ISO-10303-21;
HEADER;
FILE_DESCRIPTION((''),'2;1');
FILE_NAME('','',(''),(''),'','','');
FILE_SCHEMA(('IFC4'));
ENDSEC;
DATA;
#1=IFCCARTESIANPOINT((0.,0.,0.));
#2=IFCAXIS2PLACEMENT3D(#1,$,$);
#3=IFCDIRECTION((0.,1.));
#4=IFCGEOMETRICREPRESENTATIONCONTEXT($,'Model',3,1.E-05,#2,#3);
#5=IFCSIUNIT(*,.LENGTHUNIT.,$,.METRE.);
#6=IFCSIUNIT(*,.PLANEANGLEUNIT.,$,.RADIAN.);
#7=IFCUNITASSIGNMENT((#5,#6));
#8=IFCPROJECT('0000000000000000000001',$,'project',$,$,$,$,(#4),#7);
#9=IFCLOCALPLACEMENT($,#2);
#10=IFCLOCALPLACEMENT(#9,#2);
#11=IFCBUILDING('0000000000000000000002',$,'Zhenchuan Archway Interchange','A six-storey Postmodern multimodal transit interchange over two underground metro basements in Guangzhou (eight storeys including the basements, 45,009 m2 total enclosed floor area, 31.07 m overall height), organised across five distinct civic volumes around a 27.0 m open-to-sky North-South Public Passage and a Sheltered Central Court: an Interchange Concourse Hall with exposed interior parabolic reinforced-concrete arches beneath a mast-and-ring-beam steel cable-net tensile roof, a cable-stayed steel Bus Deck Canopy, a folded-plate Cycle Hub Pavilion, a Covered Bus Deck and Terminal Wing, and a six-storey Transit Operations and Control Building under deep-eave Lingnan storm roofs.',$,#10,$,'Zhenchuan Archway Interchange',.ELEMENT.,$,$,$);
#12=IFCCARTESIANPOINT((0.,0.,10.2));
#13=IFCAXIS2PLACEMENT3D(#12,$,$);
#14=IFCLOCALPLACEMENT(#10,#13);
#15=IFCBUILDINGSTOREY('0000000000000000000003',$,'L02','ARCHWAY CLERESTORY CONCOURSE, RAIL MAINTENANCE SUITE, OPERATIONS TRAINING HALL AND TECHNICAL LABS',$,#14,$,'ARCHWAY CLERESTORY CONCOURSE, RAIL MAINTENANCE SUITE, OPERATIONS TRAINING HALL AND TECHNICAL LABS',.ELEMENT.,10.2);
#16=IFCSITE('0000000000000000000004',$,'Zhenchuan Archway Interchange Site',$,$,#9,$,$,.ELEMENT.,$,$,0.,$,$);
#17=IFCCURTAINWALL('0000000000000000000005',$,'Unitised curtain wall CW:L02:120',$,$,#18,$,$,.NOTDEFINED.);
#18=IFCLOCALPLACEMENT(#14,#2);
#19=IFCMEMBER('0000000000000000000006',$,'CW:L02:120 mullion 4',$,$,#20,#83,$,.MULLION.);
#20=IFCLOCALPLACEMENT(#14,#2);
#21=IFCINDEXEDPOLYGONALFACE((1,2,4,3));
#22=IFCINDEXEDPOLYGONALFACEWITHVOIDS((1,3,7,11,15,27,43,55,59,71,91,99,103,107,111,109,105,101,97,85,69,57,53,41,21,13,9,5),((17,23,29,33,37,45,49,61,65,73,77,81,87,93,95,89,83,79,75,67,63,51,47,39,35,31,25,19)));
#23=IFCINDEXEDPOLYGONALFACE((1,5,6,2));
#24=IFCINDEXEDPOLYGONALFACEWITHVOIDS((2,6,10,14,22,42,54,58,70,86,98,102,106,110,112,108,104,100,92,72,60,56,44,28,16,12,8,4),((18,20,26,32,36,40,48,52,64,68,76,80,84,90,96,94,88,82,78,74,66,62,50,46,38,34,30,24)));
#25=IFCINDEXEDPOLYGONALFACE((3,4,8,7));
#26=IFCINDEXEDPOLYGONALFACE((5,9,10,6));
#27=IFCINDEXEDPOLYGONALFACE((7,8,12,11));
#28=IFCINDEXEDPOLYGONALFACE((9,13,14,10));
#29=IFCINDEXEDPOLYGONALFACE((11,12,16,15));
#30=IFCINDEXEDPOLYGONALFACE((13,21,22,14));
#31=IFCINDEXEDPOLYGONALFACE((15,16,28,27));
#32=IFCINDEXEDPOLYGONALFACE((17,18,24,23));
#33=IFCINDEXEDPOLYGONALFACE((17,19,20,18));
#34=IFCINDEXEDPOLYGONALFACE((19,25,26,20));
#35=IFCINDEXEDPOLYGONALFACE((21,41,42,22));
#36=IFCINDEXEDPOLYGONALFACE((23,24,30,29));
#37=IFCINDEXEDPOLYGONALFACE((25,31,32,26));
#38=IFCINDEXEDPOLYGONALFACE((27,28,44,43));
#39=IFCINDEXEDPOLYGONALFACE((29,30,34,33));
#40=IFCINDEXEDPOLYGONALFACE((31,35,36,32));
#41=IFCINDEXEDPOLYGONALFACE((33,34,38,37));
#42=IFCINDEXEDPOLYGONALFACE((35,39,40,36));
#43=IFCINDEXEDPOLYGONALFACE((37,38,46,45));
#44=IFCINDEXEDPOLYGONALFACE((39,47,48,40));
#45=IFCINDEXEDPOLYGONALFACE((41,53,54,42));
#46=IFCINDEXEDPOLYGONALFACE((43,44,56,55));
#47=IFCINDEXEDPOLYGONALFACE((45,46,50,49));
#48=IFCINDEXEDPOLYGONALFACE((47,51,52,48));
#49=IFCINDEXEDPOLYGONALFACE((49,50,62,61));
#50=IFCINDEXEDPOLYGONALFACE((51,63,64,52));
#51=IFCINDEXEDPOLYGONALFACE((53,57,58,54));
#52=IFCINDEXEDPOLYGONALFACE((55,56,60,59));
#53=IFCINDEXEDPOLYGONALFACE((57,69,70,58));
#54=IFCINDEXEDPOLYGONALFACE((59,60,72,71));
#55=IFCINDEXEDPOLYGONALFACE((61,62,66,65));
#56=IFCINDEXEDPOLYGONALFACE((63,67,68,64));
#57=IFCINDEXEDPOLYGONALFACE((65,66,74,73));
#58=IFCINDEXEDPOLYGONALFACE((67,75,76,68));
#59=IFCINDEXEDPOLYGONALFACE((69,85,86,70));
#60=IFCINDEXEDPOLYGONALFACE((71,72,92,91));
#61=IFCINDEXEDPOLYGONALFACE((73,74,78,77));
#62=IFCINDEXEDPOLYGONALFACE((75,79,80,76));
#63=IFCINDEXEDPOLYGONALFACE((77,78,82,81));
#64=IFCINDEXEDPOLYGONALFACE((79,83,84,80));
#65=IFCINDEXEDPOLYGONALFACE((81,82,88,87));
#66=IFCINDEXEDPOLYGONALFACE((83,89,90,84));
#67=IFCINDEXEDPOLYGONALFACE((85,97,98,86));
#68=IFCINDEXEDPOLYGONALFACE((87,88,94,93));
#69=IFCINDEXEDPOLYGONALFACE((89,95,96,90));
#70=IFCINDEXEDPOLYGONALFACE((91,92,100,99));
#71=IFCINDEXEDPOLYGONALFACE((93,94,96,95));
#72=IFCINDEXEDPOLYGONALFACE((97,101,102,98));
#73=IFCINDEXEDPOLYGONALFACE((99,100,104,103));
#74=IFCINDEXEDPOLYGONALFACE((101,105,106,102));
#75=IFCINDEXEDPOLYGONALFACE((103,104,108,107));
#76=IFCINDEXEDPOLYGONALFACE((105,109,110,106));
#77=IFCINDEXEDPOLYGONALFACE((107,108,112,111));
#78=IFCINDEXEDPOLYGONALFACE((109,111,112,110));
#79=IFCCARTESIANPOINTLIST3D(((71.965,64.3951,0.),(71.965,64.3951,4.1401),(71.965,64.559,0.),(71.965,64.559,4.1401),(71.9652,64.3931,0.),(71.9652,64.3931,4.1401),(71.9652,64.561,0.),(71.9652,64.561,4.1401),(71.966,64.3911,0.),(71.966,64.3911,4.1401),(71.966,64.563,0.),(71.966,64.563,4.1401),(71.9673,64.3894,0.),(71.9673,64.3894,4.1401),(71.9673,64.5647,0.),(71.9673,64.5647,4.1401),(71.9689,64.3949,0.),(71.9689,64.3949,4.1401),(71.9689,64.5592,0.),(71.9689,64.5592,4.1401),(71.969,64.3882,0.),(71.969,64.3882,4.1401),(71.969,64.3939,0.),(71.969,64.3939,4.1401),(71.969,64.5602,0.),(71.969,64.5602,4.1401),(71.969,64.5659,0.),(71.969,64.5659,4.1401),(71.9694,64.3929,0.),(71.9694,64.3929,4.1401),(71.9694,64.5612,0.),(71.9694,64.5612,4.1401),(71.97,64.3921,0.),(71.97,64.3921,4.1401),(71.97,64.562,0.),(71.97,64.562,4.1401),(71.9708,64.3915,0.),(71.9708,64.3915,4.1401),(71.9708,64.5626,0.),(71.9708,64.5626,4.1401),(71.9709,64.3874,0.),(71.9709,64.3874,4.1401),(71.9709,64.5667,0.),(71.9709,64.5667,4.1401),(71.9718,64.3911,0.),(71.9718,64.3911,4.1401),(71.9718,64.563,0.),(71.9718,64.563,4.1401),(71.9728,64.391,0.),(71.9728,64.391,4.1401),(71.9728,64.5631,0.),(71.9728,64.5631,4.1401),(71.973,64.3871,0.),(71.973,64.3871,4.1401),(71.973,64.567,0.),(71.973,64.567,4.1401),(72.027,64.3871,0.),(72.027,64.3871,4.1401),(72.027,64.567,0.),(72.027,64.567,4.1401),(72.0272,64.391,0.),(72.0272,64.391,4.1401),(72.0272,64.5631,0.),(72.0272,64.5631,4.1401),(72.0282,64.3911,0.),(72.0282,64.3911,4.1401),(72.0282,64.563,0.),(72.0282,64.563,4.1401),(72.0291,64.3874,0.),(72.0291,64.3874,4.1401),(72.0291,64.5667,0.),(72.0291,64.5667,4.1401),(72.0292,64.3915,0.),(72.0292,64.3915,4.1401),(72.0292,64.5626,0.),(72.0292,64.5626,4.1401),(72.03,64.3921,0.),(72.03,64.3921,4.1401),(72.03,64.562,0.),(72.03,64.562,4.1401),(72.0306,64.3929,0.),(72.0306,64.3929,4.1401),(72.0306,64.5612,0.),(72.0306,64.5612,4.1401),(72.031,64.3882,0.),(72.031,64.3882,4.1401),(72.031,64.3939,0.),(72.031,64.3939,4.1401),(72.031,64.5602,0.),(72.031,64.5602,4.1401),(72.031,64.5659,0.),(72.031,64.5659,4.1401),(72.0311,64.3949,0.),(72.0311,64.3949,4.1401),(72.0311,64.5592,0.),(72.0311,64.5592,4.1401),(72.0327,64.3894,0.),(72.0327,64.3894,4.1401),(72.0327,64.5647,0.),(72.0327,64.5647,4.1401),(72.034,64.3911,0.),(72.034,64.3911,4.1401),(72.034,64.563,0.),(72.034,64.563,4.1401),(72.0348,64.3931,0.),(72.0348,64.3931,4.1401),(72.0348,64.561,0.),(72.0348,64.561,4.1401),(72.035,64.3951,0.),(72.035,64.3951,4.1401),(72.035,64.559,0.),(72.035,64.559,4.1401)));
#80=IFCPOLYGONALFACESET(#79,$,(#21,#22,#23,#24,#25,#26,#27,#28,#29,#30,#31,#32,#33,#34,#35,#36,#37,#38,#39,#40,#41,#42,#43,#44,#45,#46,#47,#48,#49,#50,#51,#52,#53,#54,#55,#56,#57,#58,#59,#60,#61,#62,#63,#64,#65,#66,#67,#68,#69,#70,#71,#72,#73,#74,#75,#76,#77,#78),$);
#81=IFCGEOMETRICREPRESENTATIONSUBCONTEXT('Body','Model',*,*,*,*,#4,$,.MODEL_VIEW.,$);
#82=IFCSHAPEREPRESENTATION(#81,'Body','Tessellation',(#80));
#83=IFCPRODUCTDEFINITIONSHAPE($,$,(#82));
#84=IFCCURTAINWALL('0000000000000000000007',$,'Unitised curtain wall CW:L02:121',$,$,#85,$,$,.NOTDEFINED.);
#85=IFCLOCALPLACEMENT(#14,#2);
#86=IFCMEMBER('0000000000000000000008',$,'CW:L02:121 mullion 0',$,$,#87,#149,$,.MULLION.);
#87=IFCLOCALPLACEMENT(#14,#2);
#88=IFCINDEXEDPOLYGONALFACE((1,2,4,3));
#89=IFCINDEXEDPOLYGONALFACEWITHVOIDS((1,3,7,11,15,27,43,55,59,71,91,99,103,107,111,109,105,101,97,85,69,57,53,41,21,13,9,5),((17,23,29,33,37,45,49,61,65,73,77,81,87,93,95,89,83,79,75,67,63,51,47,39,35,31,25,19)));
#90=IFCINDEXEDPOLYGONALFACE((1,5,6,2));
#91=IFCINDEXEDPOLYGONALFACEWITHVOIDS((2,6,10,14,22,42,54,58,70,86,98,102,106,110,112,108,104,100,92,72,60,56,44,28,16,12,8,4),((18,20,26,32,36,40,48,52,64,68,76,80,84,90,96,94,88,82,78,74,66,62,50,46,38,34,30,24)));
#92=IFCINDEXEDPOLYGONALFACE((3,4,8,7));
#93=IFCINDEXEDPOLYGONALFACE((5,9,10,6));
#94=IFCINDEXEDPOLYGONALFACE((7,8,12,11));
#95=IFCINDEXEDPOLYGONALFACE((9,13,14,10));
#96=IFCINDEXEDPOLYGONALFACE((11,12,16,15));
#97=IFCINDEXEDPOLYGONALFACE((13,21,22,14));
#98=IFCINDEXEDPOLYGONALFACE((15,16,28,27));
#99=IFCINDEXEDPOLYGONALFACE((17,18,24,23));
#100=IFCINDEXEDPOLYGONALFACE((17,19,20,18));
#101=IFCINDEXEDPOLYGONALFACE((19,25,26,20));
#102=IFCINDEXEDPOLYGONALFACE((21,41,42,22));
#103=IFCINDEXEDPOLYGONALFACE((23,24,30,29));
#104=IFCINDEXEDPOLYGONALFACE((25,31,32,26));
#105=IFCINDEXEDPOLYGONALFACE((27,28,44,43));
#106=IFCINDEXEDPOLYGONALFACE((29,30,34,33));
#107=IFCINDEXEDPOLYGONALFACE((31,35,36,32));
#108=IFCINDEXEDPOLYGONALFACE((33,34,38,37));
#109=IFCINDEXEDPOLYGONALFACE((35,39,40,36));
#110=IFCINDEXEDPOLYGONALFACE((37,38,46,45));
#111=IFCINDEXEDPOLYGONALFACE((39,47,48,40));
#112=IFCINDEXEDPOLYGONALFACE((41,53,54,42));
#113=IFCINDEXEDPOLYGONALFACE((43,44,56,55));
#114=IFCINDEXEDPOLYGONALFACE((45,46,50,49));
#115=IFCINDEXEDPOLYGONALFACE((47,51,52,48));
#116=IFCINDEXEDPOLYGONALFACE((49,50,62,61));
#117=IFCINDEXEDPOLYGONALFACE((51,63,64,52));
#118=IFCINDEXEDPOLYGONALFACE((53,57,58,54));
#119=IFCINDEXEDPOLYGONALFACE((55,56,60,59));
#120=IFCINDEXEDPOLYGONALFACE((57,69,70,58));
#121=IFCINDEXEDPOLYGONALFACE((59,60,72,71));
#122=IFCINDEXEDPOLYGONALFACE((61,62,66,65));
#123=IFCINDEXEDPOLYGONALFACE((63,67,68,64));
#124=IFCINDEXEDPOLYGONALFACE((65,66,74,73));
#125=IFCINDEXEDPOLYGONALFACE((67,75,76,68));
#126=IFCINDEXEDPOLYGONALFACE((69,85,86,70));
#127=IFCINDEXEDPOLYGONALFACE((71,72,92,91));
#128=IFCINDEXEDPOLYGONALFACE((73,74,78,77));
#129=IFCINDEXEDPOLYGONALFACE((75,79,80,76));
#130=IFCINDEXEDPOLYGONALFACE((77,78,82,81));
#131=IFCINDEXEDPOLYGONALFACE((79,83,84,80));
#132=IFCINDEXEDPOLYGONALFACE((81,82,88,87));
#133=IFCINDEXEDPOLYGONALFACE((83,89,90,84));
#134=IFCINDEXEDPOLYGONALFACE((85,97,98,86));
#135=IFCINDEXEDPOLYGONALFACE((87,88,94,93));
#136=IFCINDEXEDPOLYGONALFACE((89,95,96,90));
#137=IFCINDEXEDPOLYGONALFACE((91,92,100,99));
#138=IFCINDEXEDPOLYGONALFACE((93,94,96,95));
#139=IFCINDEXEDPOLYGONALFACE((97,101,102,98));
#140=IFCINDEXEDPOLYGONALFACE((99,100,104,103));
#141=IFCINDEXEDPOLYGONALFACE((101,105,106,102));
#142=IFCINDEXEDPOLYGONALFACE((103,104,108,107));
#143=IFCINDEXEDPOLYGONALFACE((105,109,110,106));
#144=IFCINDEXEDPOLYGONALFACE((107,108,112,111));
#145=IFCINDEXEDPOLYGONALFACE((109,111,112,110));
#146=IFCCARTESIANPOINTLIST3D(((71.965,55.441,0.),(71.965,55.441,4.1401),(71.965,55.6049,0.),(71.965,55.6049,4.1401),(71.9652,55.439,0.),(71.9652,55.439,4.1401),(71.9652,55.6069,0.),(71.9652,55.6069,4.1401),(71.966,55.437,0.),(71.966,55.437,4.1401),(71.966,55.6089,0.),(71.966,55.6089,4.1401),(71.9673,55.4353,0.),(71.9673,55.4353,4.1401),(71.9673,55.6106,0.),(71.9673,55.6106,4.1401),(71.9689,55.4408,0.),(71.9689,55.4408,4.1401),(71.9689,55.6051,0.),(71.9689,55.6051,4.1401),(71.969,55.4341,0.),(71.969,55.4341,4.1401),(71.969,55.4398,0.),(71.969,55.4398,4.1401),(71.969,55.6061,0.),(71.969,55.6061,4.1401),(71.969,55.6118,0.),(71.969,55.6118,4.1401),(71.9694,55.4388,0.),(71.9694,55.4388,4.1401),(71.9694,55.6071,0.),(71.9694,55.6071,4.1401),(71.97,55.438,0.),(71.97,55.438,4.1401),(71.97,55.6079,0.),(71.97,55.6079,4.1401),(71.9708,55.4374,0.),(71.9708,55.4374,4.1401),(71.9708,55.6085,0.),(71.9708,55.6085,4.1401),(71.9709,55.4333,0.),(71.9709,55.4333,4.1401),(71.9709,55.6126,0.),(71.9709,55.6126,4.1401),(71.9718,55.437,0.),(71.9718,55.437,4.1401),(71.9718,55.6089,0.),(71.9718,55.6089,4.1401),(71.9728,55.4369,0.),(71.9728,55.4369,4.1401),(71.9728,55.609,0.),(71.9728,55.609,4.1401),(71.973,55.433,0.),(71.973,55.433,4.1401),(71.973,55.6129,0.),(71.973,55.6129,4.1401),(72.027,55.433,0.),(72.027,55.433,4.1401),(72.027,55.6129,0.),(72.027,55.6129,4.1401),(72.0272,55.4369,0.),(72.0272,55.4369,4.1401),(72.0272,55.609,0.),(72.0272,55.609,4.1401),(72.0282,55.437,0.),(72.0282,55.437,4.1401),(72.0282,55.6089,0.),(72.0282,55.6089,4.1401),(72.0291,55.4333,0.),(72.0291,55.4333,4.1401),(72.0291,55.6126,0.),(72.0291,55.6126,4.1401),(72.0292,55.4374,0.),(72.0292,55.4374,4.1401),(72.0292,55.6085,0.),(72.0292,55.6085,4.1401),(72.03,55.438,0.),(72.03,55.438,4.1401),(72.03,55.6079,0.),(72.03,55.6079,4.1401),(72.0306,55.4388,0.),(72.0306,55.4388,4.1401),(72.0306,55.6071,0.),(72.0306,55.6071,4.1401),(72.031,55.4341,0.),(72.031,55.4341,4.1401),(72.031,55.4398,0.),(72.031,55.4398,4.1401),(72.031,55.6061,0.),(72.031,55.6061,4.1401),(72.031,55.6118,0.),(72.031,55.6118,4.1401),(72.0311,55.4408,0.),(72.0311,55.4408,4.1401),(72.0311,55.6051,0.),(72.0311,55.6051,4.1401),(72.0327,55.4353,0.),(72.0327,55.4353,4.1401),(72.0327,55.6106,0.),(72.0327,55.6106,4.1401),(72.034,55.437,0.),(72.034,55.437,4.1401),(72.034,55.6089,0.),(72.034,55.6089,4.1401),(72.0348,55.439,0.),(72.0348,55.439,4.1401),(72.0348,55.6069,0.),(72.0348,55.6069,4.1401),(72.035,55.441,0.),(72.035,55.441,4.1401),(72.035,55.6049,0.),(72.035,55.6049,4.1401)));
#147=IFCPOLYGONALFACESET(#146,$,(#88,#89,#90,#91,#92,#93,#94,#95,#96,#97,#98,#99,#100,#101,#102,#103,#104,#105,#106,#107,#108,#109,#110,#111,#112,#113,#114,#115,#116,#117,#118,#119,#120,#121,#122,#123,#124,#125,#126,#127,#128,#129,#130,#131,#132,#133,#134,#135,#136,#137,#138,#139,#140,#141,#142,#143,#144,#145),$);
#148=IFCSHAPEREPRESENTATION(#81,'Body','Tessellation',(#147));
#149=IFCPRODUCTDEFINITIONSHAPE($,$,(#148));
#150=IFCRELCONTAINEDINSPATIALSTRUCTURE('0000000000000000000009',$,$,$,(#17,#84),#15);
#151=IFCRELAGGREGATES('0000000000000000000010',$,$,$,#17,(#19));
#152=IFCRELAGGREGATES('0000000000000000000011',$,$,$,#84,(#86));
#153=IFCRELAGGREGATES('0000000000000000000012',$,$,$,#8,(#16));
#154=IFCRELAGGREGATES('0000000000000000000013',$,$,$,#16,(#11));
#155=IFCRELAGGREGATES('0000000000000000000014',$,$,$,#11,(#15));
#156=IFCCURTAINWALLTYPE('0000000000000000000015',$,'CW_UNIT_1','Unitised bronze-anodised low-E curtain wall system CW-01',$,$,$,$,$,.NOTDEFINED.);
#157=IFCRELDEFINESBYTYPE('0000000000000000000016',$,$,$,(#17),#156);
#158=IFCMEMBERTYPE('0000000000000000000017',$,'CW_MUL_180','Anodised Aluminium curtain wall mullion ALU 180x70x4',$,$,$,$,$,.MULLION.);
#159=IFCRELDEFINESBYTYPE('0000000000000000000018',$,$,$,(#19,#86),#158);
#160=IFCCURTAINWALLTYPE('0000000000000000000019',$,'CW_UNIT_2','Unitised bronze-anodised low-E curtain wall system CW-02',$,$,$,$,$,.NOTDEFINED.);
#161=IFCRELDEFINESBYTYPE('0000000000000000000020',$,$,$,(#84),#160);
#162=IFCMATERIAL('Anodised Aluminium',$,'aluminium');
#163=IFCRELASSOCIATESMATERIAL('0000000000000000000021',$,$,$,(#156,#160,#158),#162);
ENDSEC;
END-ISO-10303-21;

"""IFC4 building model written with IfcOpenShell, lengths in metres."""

from ifc_helpers import new_model, si_unit, direction, frame, origin, origin_2d, place, context, subcontext, project, spatial, hollow_rectangle, extrude, material, material_profile, profile_set, type_object, element, aggregate, save


model = new_model("IFC4")

# Units and contexts
model_context = context("Model", 3, precision=1e-05, world=origin(), true_north=direction((0.0, 1.0)))
body_context = subcontext(model_context, "Body", "Model", "MODEL_VIEW")
ifc_project = project(units=[si_unit("LENGTHUNIT", "METRE"), si_unit("PLANEANGLEUNIT", "RADIAN")], contexts=[model_context])

# Site, building, storey
site_placement = place(None, origin())
site = spatial("IfcSite", under=ifc_project, at=site_placement, Name="Zhenchuan Archway Interchange Site", CompositionType="ELEMENT", RefElevation=0.0)
building_placement = place(site_placement, origin())
building = spatial("IfcBuilding", under=site, at=building_placement, Name="Zhenchuan Archway Interchange", Description="A six-storey Postmodern multimodal transit interchange over two underground metro basements in Guangzhou (eight storeys including the basements, 45,009 m2 total enclosed floor area, 31.07 m overall height), organised across five distinct civic volumes around a 27.0 m open-to-sky North-South Public Passage and a Sheltered Central Court: an Interchange Concourse Hall with exposed interior parabolic reinforced-concrete arches beneath a mast-and-ring-beam steel cable-net tensile roof, a cable-stayed steel Bus Deck Canopy, a folded-plate Cycle Hub Pavilion, a Covered Bus Deck and Terminal Wing, and a six-storey Transit Operations and Control Building under deep-eave Lingnan storm roofs.", LongName="Zhenchuan Archway Interchange", CompositionType="ELEMENT")
storey_placement = place(building_placement, frame((0.0, 0.0, 10.2)))
storey = spatial("IfcBuildingStorey", under=building, at=storey_placement, Name="L02", Description="ARCHWAY CLERESTORY CONCOURSE, RAIL MAINTENANCE SUITE, OPERATIONS TRAINING HALL AND TECHNICAL LABS", LongName="ARCHWAY CLERESTORY CONCOURSE, RAIL MAINTENANCE SUITE, OPERATIONS TRAINING HALL AND TECHNICAL LABS", CompositionType="ELEMENT", Elevation=10.2)

# Curtain wall, member
ifc_material_1 = material(Name="Anodised Aluminium", Category="aluminium")
curtain_wall_type_1 = type_object("IfcCurtainWallType", Name="CW_UNIT_1", Description="Unitised bronze-anodised low-E curtain wall system CW-01", PredefinedType="NOTDEFINED", material=ifc_material_1)
curtain_wall_1_placement = place(storey_placement, origin())
curtain_wall_1 = element("IfcCurtainWall", 1, at=curtain_wall_1_placement, inside=storey, type_object=curtain_wall_type_1, Name="Unitised curtain wall CW:L02:120", PredefinedType="NOTDEFINED")
ifc_material_profile_1 = material_profile(ifc_material_1, hollow_rectangle(XDim=0.0701, YDim=0.1799, WallThickness=0.0039, InnerFilletRadius=0.0039, OuterFilletRadius=0.0081, at=origin_2d()), Name="ALU 180x70x4")
ifc_profile_set_1 = profile_set([ifc_material_profile_1], Name="Anodised Aluminium")
member_type_1 = type_object("IfcMemberType", Name="CW_MUL_180", Description="Anodised Aluminium curtain wall mullion ALU 180x70x4", PredefinedType="MULLION", material=ifc_profile_set_1)
member_1_placement = place(storey_placement, frame((72.0, 64.4771, 0.0), z_axis=(0.0, 0.0, 1.0), x_axis=(1.0, 0.0, 0.0)))
member_1 = element("IfcMember", 2, at=member_1_placement, type_object=member_type_1, Name="CW:L02:120 mullion 4", PredefinedType="MULLION", context=body_context, shape_type="SweptSolid", body=[
    extrude(hollow_rectangle(XDim=0.0701, YDim=0.1799, WallThickness=0.0039, InnerFilletRadius=0.0039, OuterFilletRadius=0.0081, at=origin_2d()), origin(), (0.0, 0.0, 1.0), 4.1401),
])
aggregate(curtain_wall_1, [member_1])

# Curtain wall, member
curtain_wall_type_2 = type_object("IfcCurtainWallType", Name="CW_UNIT_2", Description="Unitised bronze-anodised low-E curtain wall system CW-02", PredefinedType="NOTDEFINED", material=ifc_material_1)
curtain_wall_2_placement = place(storey_placement, origin())
curtain_wall_2 = element("IfcCurtainWall", 3, at=curtain_wall_2_placement, inside=storey, type_object=curtain_wall_type_2, Name="Unitised curtain wall CW:L02:121", PredefinedType="NOTDEFINED")
member_2_placement = place(storey_placement, frame((72.0, 55.5229, 0.0), z_axis=(0.0, 0.0, 1.0), x_axis=(1.0, 0.0, 0.0)))
member_2 = element("IfcMember", 4, at=member_2_placement, type_object=member_type_1, Name="CW:L02:121 mullion 0", PredefinedType="MULLION", context=body_context, shape_type="SweptSolid", body=[
    extrude(hollow_rectangle(XDim=0.0701, YDim=0.1799, WallThickness=0.0039, InnerFilletRadius=0.0039, OuterFilletRadius=0.0081, at=origin_2d()), origin(), (0.0, 0.0, 1.0), 4.1401),
])
aggregate(curtain_wall_2, [member_2])

save(model, "model.ifc")
